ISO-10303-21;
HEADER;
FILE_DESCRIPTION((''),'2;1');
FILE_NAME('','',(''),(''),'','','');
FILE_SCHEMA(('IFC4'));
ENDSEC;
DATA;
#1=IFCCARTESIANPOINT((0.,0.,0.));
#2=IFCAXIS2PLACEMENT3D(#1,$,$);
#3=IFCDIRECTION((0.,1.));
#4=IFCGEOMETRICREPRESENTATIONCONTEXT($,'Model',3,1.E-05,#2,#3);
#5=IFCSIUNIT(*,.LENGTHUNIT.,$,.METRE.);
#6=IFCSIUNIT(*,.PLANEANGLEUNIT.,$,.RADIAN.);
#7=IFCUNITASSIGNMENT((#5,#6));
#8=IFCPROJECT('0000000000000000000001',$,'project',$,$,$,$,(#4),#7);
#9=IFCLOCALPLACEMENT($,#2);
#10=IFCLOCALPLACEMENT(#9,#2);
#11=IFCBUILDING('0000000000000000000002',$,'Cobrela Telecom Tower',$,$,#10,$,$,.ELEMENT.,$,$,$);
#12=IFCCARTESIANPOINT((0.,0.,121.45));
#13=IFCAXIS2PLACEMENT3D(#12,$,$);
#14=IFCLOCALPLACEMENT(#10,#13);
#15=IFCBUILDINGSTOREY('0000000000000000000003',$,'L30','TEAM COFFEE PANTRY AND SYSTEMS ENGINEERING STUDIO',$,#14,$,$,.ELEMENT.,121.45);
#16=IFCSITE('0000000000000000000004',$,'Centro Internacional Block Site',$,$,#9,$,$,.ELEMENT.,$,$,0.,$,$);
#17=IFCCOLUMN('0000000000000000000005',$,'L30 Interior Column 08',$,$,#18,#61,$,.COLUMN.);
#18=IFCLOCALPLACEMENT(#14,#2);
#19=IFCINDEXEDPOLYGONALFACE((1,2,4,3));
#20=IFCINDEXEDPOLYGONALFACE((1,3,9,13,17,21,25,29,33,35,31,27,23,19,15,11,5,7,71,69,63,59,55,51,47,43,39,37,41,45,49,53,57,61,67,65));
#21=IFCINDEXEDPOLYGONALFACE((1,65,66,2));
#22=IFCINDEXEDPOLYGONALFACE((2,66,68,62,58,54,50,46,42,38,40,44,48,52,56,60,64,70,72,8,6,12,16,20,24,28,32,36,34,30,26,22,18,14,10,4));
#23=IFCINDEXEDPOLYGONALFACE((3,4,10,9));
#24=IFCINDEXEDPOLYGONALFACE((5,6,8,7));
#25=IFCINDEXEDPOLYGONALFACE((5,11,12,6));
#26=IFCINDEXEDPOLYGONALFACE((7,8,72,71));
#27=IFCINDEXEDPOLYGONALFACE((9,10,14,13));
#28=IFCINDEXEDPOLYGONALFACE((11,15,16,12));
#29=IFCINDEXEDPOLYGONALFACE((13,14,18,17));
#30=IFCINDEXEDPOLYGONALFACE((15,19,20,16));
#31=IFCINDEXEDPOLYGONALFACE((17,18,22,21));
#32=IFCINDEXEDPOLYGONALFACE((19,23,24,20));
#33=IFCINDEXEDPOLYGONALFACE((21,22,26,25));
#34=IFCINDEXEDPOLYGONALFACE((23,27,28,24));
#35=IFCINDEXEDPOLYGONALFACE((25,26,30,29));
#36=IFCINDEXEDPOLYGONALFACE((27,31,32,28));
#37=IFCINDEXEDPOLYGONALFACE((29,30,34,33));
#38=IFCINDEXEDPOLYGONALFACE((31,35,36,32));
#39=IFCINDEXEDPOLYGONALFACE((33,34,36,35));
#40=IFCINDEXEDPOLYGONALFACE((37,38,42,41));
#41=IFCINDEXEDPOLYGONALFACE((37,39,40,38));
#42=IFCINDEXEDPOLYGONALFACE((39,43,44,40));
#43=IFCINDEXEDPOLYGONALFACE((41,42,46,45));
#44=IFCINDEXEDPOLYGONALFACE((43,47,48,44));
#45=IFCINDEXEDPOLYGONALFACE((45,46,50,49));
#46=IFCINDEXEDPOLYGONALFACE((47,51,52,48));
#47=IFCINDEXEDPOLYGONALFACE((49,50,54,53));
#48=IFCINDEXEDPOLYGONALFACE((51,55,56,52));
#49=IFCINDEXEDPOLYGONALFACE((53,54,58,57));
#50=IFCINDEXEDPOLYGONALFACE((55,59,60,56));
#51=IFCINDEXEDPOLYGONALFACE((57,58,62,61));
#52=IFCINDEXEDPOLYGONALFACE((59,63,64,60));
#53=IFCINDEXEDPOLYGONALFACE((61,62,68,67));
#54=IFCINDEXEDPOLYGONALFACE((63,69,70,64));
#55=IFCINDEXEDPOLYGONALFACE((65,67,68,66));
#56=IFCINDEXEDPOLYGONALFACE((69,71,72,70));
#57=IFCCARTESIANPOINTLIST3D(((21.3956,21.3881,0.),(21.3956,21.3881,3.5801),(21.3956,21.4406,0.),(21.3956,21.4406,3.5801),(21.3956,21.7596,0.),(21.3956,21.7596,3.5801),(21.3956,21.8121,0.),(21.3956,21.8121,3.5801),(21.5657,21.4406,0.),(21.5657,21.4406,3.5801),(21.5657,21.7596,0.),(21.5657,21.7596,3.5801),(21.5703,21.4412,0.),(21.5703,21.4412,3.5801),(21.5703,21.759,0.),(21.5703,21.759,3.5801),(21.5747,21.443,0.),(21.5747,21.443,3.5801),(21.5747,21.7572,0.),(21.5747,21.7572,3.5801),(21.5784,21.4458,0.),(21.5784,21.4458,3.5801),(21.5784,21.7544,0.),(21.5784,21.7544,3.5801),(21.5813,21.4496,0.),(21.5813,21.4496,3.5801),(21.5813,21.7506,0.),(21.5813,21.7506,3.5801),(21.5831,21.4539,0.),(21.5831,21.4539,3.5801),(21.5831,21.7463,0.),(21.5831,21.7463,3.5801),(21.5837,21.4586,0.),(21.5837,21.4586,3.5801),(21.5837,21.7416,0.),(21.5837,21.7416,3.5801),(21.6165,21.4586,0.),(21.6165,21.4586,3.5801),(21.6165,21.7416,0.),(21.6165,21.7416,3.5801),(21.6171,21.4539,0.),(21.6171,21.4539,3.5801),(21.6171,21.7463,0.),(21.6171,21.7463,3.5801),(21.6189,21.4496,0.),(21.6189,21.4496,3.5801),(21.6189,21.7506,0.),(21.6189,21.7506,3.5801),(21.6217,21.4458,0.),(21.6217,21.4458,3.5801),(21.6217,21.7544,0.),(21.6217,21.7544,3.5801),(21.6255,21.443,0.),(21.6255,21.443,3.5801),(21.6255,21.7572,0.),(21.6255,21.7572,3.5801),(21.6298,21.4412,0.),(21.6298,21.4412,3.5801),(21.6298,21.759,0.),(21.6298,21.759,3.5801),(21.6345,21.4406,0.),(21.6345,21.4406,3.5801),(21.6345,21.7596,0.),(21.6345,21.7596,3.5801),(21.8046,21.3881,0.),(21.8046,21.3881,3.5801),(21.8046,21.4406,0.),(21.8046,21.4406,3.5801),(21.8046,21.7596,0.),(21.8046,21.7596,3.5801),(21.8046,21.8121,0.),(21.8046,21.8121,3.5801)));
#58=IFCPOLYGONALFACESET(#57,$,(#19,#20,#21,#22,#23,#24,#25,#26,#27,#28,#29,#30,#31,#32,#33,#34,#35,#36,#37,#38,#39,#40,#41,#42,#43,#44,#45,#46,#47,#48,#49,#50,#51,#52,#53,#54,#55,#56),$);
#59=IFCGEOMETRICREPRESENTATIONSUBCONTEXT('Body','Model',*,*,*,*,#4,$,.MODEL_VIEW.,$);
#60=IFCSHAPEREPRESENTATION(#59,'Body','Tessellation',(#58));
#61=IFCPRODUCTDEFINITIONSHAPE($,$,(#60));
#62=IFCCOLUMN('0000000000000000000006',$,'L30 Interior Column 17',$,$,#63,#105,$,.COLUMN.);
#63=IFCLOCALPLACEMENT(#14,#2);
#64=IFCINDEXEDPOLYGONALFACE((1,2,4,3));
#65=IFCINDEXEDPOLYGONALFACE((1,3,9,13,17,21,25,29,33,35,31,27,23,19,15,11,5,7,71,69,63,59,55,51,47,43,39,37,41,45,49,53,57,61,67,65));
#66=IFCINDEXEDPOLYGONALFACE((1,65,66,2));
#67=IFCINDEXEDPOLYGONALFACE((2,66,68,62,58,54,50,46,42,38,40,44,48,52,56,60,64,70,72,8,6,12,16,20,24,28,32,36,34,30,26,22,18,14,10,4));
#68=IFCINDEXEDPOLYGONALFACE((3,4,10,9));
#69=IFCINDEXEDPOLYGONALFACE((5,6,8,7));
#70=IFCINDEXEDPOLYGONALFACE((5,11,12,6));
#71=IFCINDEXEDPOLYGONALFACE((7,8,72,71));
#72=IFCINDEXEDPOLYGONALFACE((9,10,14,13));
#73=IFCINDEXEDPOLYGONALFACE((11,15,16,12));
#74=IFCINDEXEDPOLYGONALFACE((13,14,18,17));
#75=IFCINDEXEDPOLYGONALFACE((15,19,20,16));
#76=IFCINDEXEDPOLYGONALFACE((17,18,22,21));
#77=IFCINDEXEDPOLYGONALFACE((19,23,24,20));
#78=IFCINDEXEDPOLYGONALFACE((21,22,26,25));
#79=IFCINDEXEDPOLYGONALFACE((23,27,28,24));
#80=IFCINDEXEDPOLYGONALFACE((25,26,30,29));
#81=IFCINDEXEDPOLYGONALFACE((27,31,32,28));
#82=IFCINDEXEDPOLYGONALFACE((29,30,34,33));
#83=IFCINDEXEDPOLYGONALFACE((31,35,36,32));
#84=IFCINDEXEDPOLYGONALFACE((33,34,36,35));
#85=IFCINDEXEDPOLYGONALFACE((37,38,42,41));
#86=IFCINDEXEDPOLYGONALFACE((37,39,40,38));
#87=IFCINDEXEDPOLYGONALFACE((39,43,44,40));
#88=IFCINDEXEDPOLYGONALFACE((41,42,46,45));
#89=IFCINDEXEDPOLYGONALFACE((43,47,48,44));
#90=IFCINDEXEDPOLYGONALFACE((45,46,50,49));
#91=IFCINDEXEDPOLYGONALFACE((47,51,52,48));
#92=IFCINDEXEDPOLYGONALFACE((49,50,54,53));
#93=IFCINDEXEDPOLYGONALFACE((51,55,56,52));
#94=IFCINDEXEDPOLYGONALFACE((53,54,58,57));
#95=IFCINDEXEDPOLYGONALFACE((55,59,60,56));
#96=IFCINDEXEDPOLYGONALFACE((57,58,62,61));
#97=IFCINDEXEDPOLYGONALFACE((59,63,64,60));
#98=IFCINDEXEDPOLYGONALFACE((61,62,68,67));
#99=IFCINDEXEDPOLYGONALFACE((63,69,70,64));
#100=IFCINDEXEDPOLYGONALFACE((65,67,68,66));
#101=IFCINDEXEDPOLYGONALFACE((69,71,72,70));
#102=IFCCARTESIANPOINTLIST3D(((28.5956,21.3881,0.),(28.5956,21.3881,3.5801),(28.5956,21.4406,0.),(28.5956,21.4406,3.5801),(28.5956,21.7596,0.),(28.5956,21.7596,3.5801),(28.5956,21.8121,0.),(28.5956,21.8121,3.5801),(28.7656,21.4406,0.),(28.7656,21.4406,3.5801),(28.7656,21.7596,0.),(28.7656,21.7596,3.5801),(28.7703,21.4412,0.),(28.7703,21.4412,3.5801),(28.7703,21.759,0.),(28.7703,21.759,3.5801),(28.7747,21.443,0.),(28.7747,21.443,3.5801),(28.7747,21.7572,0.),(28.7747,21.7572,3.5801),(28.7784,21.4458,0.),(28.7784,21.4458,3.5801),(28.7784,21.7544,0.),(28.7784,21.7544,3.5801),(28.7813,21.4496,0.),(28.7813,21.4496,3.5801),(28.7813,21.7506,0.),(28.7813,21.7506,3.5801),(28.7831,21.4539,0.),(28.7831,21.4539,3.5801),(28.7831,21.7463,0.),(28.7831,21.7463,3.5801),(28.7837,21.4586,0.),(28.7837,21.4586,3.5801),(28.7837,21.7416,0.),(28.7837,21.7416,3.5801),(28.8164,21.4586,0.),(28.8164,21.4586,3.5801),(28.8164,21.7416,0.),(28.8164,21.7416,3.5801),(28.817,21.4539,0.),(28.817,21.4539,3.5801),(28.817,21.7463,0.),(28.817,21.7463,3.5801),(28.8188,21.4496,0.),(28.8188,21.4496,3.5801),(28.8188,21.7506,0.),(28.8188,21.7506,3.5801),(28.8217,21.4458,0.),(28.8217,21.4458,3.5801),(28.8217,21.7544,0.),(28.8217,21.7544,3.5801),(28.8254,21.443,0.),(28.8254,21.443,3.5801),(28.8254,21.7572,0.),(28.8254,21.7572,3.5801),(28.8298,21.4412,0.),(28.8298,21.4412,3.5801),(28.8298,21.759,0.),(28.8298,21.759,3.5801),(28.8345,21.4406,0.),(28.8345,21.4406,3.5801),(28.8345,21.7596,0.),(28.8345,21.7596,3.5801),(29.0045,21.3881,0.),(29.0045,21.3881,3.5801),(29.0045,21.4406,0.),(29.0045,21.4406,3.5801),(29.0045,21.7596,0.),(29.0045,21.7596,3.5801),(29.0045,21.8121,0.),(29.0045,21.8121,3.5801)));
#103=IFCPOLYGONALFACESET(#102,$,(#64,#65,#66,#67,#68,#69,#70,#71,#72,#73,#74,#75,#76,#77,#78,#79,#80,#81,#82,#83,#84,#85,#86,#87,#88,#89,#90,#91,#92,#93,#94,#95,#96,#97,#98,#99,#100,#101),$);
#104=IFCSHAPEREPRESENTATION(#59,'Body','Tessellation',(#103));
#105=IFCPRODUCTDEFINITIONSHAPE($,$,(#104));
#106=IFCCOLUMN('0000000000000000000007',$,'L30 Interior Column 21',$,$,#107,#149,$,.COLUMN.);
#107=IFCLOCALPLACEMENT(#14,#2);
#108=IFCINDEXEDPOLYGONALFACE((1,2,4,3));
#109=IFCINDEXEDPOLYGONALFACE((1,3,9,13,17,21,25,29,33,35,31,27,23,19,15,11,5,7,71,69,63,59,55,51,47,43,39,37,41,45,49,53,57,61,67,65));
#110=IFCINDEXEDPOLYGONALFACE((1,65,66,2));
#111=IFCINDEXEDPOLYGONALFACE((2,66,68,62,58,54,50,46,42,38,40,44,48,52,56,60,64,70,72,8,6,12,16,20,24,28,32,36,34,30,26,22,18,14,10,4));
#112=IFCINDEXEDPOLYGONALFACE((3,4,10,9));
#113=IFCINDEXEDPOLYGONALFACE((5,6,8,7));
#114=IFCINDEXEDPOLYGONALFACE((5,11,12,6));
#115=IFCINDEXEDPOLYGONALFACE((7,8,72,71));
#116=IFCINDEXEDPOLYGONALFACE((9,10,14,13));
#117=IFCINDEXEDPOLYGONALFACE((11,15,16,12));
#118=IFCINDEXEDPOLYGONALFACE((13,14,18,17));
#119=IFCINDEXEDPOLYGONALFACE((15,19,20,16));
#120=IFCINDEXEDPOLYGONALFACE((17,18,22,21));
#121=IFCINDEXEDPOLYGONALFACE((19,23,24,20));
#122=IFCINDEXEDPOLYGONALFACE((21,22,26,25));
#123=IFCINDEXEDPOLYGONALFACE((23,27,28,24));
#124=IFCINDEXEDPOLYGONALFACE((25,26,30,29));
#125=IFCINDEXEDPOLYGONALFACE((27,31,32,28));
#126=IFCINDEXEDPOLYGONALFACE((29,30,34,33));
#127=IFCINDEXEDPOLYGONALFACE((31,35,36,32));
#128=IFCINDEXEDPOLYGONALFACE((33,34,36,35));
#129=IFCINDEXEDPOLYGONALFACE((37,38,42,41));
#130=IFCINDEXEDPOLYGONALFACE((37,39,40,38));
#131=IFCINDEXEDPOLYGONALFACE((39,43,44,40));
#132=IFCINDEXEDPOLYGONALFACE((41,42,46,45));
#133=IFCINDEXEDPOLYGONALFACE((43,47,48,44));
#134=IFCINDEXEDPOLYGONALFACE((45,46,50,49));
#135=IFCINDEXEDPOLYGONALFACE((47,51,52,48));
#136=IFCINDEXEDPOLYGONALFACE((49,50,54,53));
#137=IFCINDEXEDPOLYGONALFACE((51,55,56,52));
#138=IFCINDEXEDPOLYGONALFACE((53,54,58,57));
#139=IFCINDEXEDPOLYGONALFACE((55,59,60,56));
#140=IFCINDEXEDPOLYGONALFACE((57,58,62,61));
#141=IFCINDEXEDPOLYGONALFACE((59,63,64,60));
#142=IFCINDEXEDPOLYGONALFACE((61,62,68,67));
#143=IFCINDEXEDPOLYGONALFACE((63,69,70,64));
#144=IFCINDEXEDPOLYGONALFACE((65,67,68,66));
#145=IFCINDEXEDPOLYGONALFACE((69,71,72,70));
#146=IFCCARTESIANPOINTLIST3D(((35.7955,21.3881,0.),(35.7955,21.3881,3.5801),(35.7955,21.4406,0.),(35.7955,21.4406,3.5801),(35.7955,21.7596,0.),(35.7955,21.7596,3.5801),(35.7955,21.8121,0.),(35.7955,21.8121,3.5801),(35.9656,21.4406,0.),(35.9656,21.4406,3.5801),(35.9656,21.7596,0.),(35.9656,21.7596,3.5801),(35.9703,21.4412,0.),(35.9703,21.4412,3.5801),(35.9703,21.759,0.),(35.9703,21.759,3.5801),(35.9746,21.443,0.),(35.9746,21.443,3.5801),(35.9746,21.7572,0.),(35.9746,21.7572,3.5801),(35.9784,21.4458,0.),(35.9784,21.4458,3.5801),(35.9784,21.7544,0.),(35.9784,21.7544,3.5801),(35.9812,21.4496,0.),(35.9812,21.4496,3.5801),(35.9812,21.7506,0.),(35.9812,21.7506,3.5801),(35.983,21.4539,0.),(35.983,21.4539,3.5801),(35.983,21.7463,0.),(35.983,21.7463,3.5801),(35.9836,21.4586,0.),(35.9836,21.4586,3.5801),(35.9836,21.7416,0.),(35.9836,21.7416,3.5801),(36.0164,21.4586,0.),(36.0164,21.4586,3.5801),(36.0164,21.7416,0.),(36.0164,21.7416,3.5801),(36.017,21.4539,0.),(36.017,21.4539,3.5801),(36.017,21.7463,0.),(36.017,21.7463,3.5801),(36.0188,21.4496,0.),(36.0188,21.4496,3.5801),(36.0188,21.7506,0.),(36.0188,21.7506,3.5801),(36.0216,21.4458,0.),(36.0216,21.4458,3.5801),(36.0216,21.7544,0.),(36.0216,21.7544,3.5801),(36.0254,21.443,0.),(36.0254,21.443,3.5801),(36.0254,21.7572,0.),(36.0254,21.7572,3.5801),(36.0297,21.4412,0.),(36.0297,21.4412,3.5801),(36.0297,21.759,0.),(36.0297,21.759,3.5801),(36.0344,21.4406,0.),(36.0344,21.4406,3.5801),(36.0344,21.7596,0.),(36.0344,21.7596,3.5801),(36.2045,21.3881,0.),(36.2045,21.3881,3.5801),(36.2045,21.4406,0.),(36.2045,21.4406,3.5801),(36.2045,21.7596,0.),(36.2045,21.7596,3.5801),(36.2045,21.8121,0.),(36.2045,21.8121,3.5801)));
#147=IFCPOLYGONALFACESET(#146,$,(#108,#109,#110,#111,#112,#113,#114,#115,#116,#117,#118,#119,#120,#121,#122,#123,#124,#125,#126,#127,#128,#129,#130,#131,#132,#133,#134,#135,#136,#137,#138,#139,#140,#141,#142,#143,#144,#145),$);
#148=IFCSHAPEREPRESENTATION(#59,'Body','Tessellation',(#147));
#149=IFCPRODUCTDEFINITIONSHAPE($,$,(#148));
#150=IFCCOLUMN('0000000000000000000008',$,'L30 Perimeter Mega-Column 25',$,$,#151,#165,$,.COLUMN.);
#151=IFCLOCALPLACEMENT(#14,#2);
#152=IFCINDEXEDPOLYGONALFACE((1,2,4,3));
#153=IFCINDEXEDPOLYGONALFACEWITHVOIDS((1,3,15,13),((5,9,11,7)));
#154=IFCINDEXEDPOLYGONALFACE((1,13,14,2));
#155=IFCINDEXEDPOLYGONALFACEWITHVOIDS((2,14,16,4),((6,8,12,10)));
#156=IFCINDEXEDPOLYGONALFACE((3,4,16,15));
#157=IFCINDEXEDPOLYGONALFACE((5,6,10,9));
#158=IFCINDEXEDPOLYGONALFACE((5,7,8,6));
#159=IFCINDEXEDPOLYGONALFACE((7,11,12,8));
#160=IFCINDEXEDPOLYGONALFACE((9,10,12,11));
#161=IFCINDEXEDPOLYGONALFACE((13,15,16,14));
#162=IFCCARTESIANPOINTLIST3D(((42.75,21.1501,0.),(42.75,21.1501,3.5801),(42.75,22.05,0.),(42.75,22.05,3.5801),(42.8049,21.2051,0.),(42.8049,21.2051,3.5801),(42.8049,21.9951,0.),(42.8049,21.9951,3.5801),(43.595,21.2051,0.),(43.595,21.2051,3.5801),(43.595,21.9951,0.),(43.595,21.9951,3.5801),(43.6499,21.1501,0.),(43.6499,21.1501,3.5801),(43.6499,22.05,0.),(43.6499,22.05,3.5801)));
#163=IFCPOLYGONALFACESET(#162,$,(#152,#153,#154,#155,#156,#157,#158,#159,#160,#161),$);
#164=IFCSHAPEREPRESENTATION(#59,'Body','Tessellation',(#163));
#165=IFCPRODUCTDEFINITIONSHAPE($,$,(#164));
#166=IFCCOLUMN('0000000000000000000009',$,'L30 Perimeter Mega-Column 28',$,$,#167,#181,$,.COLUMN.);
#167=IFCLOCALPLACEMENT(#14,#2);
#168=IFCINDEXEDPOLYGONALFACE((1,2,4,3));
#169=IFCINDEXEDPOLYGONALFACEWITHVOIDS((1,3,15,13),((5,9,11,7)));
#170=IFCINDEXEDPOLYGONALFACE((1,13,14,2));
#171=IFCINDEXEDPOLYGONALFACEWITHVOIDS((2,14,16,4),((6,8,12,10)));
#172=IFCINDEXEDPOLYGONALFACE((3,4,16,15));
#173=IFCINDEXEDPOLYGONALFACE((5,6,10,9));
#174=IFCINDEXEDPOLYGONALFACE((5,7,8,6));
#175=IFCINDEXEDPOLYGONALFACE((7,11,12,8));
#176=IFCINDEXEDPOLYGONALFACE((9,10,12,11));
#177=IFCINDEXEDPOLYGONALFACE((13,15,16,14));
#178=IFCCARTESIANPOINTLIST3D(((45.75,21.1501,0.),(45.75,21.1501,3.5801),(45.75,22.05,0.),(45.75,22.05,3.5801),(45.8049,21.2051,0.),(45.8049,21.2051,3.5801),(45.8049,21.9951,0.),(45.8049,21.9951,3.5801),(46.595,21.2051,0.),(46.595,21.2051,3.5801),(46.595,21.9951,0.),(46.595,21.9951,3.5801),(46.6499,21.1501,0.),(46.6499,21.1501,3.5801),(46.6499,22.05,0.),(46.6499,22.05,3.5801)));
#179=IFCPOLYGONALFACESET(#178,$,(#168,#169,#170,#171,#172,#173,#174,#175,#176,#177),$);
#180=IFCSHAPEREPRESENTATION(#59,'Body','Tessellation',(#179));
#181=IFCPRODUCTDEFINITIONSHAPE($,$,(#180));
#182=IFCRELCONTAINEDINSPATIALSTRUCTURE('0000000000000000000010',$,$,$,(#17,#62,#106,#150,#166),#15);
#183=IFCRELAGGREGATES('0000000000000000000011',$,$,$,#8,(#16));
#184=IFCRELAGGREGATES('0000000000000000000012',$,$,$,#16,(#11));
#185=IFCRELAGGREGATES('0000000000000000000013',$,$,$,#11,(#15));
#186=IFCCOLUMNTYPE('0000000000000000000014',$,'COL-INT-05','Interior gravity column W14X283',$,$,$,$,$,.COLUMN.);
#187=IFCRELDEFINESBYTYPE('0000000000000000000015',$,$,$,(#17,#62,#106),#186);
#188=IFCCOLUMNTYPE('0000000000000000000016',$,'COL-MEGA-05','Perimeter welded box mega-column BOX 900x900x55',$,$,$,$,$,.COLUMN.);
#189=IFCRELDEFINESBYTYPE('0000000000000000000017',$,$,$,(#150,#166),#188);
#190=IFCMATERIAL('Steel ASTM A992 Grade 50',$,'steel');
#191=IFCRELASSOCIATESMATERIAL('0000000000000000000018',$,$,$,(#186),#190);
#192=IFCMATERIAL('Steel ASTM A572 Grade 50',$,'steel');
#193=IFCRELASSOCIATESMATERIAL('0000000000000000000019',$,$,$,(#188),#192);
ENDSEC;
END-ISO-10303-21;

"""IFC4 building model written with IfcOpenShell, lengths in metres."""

from ifc_helpers import new_model, si_unit, direction, frame, origin, origin_2d, place, context, subcontext, project, spatial, hollow_rectangle, i_section, extrude, material, material_profile, profile_set, type_object, element, save


model = new_model("IFC4")

# Units and contexts
model_context = context("Model", 3, precision=1e-05, world=origin(), true_north=direction((0.0, 1.0)))
body_context = subcontext(model_context, "Body", "Model", "MODEL_VIEW")
ifc_project = project(units=[si_unit("LENGTHUNIT", "METRE"), si_unit("PLANEANGLEUNIT", "RADIAN")], contexts=[model_context])

# Site, building, storey
site_placement = place(None, origin())
site = spatial("IfcSite", under=ifc_project, at=site_placement, Name="Centro Internacional Block Site", CompositionType="ELEMENT", RefElevation=0.0)
building_placement = place(site_placement, origin())
building = spatial("IfcBuilding", under=site, at=building_placement, Name="Cobrela Telecom Tower", CompositionType="ELEMENT")
storey_placement = place(building_placement, frame((0.0, 0.0, 121.45)))
storey = spatial("IfcBuildingStorey", under=building, at=storey_placement, Name="L30", Description="TEAM COFFEE PANTRY AND SYSTEMS ENGINEERING STUDIO", CompositionType="ELEMENT", Elevation=121.45)

# Columns
ifc_material_1 = material(Name="Steel ASTM A992 Grade 50", Category="steel")
ifc_material_profile_1 = material_profile(ifc_material_1, i_section(OverallWidth=0.4089, OverallDepth=0.4241, WebThickness=0.0327, FlangeThickness=0.0525, FilletRadius=0.0181, at=origin_2d()), Name="W14X283")
ifc_profile_set_1 = profile_set([ifc_material_profile_1], Name="Steel ASTM A992 Grade 50")
column_type_1 = type_object("IfcColumnType", Name="COL-INT-05", Description="Interior gravity column W14X283", PredefinedType="COLUMN", material=ifc_profile_set_1)
for number, where, z_axis, x_axis, name in (
    (1, (21.6001, 21.6001, 0.0), (0.0, 0.0, 1.0), (1.0, 0.0, 0.0), "L30 Interior Column 08"),
    (2, (28.8, 21.6001, 0.0), (0.0, 0.0, 1.0), (1.0, 0.0, 0.0), "L30 Interior Column 17"),
    (3, (36.0, 21.6001, 0.0), (0.0, 0.0, 1.0), (1.0, 0.0, 0.0), "L30 Interior Column 21"),
):
    element("IfcColumn", number, at=place(storey_placement, frame(where, z_axis=z_axis, x_axis=x_axis)), inside=storey, type_object=column_type_1, Name=name, PredefinedType="COLUMN", context=body_context, shape_type="SweptSolid", body=[
        extrude(i_section(OverallWidth=0.4089, OverallDepth=0.4241, WebThickness=0.0327, FlangeThickness=0.0525, FilletRadius=0.0181, at=origin_2d()), origin(), (0.0, 0.0, 1.0), 3.5801),
    ])
ifc_material_2 = material(Name="Steel ASTM A572 Grade 50", Category="steel")
ifc_material_profile_2 = material_profile(ifc_material_2, hollow_rectangle(XDim=0.8999, YDim=0.8999, WallThickness=0.0549, at=origin_2d()), Name="BOX 900x900x55")
ifc_profile_set_2 = profile_set([ifc_material_profile_2], Name="Steel ASTM A572 Grade 50")
column_type_2 = type_object("IfcColumnType", Name="COL-MEGA-05", Description="Perimeter welded box mega-column BOX 900x900x55", PredefinedType="COLUMN", material=ifc_profile_set_2)
for number, where, z_axis, x_axis, name in (
    (4, (43.2, 21.6001, 0.0), (0.0, 0.0, 1.0), (1.0, 0.0, 0.0), "L30 Perimeter Mega-Column 25"),
    (5, (46.2, 21.6001, 0.0), (0.0, 0.0, 1.0), (1.0, 0.0, 0.0), "L30 Perimeter Mega-Column 28"),
):
    element("IfcColumn", number, at=place(storey_placement, frame(where, z_axis=z_axis, x_axis=x_axis)), inside=storey, type_object=column_type_2, Name=name, PredefinedType="COLUMN", context=body_context, shape_type="SweptSolid", body=[
        extrude(hollow_rectangle(XDim=0.8999, YDim=0.8999, WallThickness=0.0549, at=origin_2d()), origin(), (0.0, 0.0, 1.0), 3.5801),
    ])

save(model, "model.ifc")
